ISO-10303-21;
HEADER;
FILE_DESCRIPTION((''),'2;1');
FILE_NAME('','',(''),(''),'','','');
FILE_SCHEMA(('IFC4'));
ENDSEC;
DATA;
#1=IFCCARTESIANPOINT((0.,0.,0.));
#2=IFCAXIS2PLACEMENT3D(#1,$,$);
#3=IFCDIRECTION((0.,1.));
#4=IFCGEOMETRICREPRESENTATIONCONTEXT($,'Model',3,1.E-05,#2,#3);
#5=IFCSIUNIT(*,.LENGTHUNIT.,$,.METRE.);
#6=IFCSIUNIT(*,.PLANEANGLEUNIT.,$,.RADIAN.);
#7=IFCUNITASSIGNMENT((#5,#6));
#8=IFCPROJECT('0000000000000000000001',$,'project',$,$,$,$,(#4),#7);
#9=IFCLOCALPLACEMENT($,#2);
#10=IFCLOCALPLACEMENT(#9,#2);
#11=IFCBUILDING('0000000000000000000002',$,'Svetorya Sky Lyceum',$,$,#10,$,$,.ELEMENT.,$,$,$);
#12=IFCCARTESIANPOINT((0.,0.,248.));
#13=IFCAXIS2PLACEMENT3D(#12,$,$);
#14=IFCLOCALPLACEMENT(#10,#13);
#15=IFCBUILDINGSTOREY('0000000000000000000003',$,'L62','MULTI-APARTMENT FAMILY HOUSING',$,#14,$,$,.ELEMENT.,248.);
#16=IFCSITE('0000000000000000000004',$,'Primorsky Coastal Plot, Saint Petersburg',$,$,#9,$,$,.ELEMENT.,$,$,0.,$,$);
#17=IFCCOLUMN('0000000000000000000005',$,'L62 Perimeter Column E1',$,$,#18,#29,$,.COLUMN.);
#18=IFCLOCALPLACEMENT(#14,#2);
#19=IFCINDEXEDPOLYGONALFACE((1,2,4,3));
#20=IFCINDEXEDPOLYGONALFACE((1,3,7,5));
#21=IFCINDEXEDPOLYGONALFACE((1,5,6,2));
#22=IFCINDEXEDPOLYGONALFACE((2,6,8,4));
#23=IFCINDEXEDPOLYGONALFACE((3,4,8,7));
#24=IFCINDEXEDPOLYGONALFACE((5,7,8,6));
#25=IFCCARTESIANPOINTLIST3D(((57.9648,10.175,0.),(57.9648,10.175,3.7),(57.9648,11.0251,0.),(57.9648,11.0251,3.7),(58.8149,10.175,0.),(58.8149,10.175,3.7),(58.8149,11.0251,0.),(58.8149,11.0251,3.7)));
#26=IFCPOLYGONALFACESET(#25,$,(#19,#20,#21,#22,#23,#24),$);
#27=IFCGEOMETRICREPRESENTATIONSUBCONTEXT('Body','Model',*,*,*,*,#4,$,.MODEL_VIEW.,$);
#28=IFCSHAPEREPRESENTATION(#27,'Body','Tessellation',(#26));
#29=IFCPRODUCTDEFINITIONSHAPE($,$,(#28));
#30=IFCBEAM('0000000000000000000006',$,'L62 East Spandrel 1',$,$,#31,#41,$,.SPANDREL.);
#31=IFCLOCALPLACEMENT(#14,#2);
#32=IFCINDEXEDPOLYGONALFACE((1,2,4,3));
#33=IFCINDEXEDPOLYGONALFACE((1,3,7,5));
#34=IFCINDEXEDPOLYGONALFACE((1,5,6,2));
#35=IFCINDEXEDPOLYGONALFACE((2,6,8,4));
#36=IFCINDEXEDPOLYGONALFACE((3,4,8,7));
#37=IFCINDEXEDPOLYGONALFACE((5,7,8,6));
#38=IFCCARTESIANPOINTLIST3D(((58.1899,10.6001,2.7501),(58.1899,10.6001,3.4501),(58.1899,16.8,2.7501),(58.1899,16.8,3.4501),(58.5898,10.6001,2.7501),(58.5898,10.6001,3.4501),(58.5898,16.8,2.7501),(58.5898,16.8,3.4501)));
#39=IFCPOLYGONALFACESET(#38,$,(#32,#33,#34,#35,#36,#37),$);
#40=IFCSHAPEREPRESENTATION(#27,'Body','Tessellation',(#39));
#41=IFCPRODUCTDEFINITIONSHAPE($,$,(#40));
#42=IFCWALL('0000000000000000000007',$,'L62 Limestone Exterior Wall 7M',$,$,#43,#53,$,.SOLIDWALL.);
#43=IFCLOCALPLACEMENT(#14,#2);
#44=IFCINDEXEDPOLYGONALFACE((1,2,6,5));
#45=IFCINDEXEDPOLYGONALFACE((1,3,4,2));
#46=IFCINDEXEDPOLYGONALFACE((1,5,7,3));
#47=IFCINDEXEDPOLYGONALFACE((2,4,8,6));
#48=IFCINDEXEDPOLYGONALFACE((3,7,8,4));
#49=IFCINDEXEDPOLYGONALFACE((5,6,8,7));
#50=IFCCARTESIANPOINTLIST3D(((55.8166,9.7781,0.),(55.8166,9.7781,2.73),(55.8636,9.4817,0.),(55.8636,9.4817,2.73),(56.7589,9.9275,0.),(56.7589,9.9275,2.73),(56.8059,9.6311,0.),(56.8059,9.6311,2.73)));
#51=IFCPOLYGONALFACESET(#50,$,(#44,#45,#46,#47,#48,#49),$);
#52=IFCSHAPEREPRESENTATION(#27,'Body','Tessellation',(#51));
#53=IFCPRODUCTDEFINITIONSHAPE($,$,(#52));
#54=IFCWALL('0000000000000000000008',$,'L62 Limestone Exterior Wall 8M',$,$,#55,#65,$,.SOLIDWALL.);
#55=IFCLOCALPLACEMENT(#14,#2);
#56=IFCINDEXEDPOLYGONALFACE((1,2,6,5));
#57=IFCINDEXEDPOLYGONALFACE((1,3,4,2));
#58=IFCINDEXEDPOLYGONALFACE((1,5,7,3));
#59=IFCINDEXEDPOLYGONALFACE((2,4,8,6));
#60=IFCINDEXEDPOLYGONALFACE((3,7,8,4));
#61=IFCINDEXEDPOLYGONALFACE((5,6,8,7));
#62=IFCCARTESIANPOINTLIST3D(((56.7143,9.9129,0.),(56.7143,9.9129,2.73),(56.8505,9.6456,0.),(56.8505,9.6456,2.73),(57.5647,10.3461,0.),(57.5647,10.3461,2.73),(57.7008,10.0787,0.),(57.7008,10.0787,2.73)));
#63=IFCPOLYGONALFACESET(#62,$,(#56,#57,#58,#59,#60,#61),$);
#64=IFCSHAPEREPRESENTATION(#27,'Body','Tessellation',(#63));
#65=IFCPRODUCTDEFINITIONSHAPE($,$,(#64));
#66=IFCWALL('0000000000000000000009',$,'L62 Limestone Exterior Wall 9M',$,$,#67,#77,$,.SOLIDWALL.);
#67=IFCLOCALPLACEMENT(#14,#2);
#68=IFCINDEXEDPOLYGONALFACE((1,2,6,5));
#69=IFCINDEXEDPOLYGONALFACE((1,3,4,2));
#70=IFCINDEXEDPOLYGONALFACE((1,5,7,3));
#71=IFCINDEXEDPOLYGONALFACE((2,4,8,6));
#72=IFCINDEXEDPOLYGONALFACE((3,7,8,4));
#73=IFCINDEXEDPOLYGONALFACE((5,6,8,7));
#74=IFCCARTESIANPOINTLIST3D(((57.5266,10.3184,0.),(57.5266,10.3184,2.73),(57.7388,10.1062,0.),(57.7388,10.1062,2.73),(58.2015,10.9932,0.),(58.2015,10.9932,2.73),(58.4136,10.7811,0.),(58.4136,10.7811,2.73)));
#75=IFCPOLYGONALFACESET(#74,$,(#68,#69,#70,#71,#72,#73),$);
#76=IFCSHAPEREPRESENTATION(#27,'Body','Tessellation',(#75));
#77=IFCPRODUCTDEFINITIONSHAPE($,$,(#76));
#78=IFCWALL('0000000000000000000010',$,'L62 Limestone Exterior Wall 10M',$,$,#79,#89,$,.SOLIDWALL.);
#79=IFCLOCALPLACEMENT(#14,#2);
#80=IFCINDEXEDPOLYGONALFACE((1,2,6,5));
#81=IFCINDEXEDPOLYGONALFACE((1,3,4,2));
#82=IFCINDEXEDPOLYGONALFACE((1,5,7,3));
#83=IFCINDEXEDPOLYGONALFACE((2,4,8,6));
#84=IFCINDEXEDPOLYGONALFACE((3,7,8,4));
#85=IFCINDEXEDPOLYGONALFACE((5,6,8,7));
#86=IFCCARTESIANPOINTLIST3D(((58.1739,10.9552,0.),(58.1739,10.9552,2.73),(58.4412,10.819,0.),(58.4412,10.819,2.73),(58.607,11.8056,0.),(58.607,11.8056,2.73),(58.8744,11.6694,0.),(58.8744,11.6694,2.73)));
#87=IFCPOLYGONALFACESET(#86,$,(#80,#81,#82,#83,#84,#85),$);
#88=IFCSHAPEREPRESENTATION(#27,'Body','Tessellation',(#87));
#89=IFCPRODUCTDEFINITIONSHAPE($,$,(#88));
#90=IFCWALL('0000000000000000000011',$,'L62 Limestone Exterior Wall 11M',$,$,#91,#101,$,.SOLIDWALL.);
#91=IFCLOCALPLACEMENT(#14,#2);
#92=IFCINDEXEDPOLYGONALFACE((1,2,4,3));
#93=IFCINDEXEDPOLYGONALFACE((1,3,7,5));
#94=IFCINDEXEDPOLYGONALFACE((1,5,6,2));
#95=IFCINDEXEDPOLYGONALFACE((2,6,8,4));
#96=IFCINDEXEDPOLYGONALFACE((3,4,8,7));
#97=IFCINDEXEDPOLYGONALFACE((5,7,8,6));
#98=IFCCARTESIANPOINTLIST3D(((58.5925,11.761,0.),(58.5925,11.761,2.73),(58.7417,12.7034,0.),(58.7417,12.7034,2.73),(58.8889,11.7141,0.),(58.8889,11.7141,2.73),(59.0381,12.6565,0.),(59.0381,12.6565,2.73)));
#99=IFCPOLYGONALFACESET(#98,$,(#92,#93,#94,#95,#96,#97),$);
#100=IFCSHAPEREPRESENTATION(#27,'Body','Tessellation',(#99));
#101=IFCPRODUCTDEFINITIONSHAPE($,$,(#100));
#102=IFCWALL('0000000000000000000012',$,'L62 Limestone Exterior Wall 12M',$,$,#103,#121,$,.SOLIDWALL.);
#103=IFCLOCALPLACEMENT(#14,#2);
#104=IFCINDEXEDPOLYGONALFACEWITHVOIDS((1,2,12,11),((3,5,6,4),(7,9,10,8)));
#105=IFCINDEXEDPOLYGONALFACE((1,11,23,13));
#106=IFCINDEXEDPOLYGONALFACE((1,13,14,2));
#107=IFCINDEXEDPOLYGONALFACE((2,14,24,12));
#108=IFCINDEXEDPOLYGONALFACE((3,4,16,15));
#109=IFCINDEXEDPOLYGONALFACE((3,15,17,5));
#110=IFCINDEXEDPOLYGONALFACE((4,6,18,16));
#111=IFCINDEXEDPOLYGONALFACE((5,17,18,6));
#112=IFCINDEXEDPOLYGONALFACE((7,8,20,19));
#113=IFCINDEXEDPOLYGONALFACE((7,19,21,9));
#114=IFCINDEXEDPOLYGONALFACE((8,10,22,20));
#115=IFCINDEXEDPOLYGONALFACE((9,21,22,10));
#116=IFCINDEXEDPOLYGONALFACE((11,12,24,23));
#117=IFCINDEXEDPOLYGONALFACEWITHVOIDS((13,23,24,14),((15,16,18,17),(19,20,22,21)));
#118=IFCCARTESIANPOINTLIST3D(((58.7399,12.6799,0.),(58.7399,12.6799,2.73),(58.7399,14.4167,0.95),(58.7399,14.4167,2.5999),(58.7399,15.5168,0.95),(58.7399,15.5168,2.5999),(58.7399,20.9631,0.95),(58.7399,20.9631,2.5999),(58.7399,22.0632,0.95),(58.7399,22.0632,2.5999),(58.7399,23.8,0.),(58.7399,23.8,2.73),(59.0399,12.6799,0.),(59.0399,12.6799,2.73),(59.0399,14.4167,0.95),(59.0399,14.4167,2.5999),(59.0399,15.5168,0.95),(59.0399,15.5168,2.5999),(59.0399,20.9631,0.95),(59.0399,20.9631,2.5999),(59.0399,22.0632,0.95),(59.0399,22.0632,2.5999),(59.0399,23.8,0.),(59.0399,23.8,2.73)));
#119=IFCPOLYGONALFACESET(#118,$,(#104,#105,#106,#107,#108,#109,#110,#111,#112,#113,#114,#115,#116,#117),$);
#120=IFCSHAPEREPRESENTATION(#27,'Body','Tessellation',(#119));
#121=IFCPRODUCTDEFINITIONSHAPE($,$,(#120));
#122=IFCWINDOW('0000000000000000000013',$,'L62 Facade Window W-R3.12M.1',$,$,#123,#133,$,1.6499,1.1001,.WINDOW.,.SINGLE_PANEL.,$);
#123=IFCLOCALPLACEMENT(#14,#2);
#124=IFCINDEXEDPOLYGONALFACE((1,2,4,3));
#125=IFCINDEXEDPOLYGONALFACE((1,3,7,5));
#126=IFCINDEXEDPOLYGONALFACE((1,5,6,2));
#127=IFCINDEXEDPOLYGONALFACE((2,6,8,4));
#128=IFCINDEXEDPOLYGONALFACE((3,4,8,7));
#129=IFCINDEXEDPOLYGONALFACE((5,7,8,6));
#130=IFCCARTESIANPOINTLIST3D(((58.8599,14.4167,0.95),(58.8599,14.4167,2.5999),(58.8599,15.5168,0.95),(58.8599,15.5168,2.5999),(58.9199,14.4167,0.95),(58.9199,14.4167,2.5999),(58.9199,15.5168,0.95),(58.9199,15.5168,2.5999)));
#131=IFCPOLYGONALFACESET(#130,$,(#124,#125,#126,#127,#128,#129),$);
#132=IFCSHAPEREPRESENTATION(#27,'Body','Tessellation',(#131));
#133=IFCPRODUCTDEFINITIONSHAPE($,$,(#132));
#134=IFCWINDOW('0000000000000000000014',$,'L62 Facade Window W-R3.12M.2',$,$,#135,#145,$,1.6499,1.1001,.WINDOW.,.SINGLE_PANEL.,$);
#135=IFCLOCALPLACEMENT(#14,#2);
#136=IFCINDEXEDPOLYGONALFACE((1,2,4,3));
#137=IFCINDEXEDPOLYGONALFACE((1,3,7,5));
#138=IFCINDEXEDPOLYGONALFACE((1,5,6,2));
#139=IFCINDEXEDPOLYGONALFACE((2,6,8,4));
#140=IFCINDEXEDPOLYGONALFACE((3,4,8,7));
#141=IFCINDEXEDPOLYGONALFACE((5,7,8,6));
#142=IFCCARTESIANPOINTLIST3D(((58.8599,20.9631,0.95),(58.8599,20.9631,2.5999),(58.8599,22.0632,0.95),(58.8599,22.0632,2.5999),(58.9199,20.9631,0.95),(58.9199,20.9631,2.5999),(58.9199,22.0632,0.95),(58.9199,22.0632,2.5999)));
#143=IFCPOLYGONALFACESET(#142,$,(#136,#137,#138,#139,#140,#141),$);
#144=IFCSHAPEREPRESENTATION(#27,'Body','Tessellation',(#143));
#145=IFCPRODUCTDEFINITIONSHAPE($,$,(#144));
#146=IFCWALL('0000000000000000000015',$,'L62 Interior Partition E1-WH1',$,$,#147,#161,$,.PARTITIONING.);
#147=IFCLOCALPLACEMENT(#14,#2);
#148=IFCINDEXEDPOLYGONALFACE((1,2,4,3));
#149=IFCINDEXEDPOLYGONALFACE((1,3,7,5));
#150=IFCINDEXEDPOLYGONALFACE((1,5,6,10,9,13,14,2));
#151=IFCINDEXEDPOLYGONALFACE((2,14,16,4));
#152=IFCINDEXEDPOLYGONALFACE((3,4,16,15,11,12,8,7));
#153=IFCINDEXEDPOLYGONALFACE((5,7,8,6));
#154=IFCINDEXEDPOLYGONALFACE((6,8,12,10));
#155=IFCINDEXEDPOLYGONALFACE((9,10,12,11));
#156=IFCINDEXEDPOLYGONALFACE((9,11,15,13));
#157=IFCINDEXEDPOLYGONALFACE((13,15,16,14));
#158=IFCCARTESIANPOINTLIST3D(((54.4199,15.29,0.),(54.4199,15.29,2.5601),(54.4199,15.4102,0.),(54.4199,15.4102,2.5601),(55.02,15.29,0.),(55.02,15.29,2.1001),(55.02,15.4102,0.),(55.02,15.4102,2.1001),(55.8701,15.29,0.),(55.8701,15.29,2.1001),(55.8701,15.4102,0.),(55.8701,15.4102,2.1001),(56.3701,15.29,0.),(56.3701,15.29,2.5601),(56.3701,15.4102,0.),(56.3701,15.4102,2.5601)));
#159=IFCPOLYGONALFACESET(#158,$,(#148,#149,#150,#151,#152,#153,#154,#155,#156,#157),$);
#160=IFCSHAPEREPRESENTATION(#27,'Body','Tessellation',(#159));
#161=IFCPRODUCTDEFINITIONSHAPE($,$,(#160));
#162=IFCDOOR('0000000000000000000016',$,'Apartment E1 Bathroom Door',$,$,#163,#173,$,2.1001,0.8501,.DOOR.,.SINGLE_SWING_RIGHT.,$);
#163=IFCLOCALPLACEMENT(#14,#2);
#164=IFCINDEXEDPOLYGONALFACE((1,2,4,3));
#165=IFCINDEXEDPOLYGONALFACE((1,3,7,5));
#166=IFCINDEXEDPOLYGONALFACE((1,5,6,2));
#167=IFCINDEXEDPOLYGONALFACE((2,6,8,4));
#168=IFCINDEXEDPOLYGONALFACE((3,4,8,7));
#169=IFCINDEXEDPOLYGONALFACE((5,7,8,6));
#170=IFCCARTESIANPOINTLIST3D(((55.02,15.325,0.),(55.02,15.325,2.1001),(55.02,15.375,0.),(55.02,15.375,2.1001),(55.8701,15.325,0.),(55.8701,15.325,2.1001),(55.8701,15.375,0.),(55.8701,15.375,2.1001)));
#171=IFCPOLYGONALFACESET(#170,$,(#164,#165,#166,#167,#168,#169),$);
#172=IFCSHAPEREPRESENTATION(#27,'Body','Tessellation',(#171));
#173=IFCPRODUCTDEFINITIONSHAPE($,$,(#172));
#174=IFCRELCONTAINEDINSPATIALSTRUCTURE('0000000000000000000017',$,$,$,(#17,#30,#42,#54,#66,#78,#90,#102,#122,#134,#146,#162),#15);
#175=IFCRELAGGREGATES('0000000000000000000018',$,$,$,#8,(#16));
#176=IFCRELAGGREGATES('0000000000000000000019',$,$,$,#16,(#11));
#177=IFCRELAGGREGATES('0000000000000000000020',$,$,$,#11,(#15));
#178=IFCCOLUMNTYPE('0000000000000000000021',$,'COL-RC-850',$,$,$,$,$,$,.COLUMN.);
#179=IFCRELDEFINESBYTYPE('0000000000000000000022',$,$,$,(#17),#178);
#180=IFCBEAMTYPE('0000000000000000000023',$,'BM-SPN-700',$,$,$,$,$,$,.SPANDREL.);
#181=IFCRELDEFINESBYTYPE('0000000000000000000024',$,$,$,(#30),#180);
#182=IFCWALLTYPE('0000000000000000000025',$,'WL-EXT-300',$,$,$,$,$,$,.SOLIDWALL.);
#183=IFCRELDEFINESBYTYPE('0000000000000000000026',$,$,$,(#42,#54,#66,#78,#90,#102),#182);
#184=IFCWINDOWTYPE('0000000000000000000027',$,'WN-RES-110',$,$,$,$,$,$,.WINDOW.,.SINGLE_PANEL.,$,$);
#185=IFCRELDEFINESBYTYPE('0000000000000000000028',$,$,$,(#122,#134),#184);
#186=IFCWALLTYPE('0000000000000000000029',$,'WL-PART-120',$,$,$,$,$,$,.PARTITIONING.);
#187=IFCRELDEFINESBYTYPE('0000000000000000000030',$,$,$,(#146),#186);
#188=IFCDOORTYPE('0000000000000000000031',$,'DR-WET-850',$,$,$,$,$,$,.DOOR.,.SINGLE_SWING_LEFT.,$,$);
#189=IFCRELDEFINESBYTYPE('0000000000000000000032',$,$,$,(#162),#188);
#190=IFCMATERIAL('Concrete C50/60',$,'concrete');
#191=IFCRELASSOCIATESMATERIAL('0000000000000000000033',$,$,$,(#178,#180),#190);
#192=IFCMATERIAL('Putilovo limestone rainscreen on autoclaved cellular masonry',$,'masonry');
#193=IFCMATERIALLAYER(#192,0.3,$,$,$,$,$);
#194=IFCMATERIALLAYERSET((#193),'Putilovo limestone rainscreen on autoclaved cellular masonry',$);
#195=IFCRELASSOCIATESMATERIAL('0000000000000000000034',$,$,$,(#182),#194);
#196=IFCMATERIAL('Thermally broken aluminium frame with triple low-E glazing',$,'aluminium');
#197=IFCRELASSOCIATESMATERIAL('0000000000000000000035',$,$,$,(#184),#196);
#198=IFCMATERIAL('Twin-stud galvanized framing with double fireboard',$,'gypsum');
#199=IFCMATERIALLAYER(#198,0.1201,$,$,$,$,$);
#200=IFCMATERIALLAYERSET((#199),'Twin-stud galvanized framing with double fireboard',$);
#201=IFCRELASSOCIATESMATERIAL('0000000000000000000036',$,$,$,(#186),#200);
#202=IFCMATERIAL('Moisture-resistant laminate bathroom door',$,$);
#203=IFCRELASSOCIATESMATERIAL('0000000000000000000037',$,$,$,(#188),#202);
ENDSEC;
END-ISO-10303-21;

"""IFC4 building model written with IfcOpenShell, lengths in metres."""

from ifc_helpers import new_model, si_unit, direction, frame, frame_2d, origin, origin_2d, place, context, subcontext, project, spatial, rectangle, extrude, material, layer, layer_set, material_profile, profile_set, type_object, element, fill, save


model = new_model("IFC4")

# Units and contexts
model_context = context("Model", 3, precision=1e-05, world=origin(), true_north=direction((0.0, 1.0)))
body_context = subcontext(model_context, "Body", "Model", "MODEL_VIEW")
ifc_project = project(units=[si_unit("LENGTHUNIT", "METRE"), si_unit("PLANEANGLEUNIT", "RADIAN")], contexts=[model_context])

# Site, building, storey
site_placement = place(None, origin())
site = spatial("IfcSite", under=ifc_project, at=site_placement, Name="Primorsky Coastal Plot, Saint Petersburg", CompositionType="ELEMENT", RefElevation=0.0)
building_placement = place(site_placement, origin())
building = spatial("IfcBuilding", under=site, at=building_placement, Name="Svetorya Sky Lyceum", CompositionType="ELEMENT")
storey_placement = place(building_placement, frame((0.0, 0.0, 248.0)))
storey = spatial("IfcBuildingStorey", under=building, at=storey_placement, Name="L62", Description="MULTI-APARTMENT FAMILY HOUSING", CompositionType="ELEMENT", Elevation=248.0)

# Column
ifc_material_1 = material(Name="Concrete C50/60", Category="concrete")
ifc_material_profile_1 = material_profile(ifc_material_1, rectangle(XDim=0.8501, YDim=0.8501, at=origin_2d()), Name="RC COL 850x850")
ifc_profile_set_1 = profile_set([ifc_material_profile_1], Name="Concrete C50/60")
column_type = type_object("IfcColumnType", Name="COL-RC-850", PredefinedType="COLUMN", material=ifc_profile_set_1)
column_placement = place(storey_placement, frame((58.3899, 10.6001, 0.0), z_axis=(0.0, 0.0, 1.0), x_axis=(1.0, 0.0, 0.0)))
element("IfcColumn", 1, at=column_placement, inside=storey, type_object=column_type, Name="L62 Perimeter Column E1", PredefinedType="COLUMN", context=body_context, shape_type="SweptSolid", body=[
    extrude(rectangle(XDim=0.8501, YDim=0.8501, at=origin_2d()), origin(), (0.0, 0.0, 1.0), 3.7),
])

# Beam
ifc_material_profile_2 = material_profile(ifc_material_1, rectangle(XDim=0.3999, YDim=0.7, at=origin_2d()), Name="RC SPANDREL 400x700")
ifc_profile_set_2 = profile_set([ifc_material_profile_2], Name="Concrete C50/60")
beam_type = type_object("IfcBeamType", Name="BM-SPN-700", PredefinedType="SPANDREL", material=ifc_profile_set_2)
beam_placement = place(storey_placement, frame((58.3899, 10.6001, 3.1001), z_axis=(0.0, 1.0, 0.0), x_axis=(-1.0, 0.0, 0.0)))
element("IfcBeam", 2, at=beam_placement, inside=storey, type_object=beam_type, Name="L62 East Spandrel 1", PredefinedType="SPANDREL", context=body_context, shape_type="SweptSolid", body=[
    extrude(rectangle(XDim=0.3999, YDim=0.7, at=origin_2d()), origin(), (0.0, 0.0, 1.0), 6.2),
])

# Walls
ifc_material_2 = material(Name="Putilovo limestone rainscreen on autoclaved cellular masonry", Category="masonry")
ifc_layer_1 = layer(ifc_material_2, 0.3)
ifc_layer_set_1 = layer_set([ifc_layer_1], Name="Putilovo limestone rainscreen on autoclaved cellular masonry")
wall_type_1 = type_object("IfcWallType", Name="WL-EXT-300", PredefinedType="SOLIDWALL", material=ifc_layer_set_1)
wall_1_placement = place(storey_placement, frame((55.8401, 9.6299, 0.0), z_axis=(0.0, 0.0, 1.0), x_axis=(0.987663, 0.156593, 0.0)))
element("IfcWall", 3, at=wall_1_placement, inside=storey, type_object=wall_type_1, Name="L62 Limestone Exterior Wall 7M", PredefinedType="SOLIDWALL", context=body_context, shape_type="SweptSolid", body=[
    extrude(rectangle(XDim=0.9541, YDim=0.3, at=frame_2d((0.4771, 0.0))), origin(), (0.0, 0.0, 1.0), 2.73),
])
for number, where, z_axis, x_axis, name in (
    (4, (56.7825, 9.7793, 0.0), (0.0, 0.0, 1.0), (0.891077, 0.453853, 0.0), "L62 Limestone Exterior Wall 8M"),
    (5, (57.6328, 10.2124, 0.0), (0.0, 0.0, 1.0), (0.707107, 0.707107, 0.0), "L62 Limestone Exterior Wall 9M"),
    (6, (58.3076, 10.8872, 0.0), (0.0, 0.0, 1.0), (0.453853, 0.891077, 0.0), "L62 Limestone Exterior Wall 10M"),
):
    element("IfcWall", number, at=place(storey_placement, frame(where, z_axis=z_axis, x_axis=x_axis)), inside=storey, type_object=wall_type_1, Name=name, PredefinedType="SOLIDWALL", context=body_context, shape_type="SweptSolid", body=[
        extrude(rectangle(XDim=0.9543, YDim=0.3, at=frame_2d((0.4771, 0.0))), origin(), (0.0, 0.0, 1.0), 2.73),
    ])
wall_2_placement = place(storey_placement, frame((58.7407, 11.7375, 0.0), z_axis=(0.0, 0.0, 1.0), x_axis=(0.156344, 0.987703, 0.0)))
element("IfcWall", 7, at=wall_2_placement, inside=storey, type_object=wall_type_1, Name="L62 Limestone Exterior Wall 11M", PredefinedType="SOLIDWALL", context=body_context, shape_type="SweptSolid", body=[
    extrude(rectangle(XDim=0.9541, YDim=0.3, at=frame_2d((0.4771, 0.0))), origin(), (0.0, 0.0, 1.0), 2.73),
])

# Wall, openings, windows
wall_3_placement = place(storey_placement, frame((58.8899, 12.6799, 0.0), z_axis=(0.0, 0.0, 1.0), x_axis=(0.0, 1.0, 0.0)))
wall_3 = element("IfcWall", 8, at=wall_3_placement, inside=storey, type_object=wall_type_1, Name="L62 Limestone Exterior Wall 12M", PredefinedType="SOLIDWALL", context=body_context, shape_type="SweptSolid", body=[
    extrude(rectangle(XDim=11.1201, YDim=0.3, at=frame_2d((5.5601, 0.0))), origin(), (0.0, 0.0, 1.0), 2.73),
])
opening_1_placement = place(wall_3_placement, frame((1.7368, 0.0, 0.95)))
opening_1 = element("IfcOpeningElement", 9, at=opening_1_placement, cuts=wall_3, PredefinedType="OPENING", context=body_context, shape_type="SweptSolid", body=[
    extrude(rectangle(XDim=1.1001, YDim=1.6499, at=frame_2d((0.55, 0.825))), frame((0.0, 0.1599, 0.0), z_axis=(0.0, -1.0, 0.0), x_axis=(1.0, 0.0, 0.0)), (0.0, 0.0, 1.0), 0.3201),
])
opening_2_placement = place(wall_3_placement, frame((8.2832, 0.0, 0.95)))
opening_2 = element("IfcOpeningElement", 10, at=opening_2_placement, cuts=wall_3, PredefinedType="OPENING", context=body_context, shape_type="SweptSolid", body=[
    extrude(rectangle(XDim=1.1001, YDim=1.6499, at=frame_2d((0.55, 0.825))), frame((0.0, 0.1599, 0.0), z_axis=(0.0, -1.0, 0.0), x_axis=(1.0, 0.0, 0.0)), (0.0, 0.0, 1.0), 0.3201),
])
ifc_material_3 = material(Name="Thermally broken aluminium frame with triple low-E glazing", Category="aluminium")
window_type = type_object("IfcWindowType", Name="WN-RES-110", PartitioningType="SINGLE_PANEL", PredefinedType="WINDOW", material=ifc_material_3)
window_1_placement = place(opening_1_placement, origin())
window_1 = element("IfcWindow", 11, at=window_1_placement, inside=storey, type_object=window_type, Name="L62 Facade Window W-R3.12M.1", OverallHeight=1.6499, OverallWidth=1.1001, PartitioningType="SINGLE_PANEL", PredefinedType="WINDOW", context=body_context, shape_type="SweptSolid", body=[
    extrude(rectangle(XDim=1.1001, YDim=1.6499, at=frame_2d((0.55, 0.825))), frame((0.0, 0.03, 0.0), z_axis=(0.0, -1.0, 0.0), x_axis=(1.0, 0.0, 0.0)), (0.0, 0.0, 1.0), 0.0601),
])
fill(opening_1, window_1)
window_2_placement = place(opening_2_placement, origin())
window_2 = element("IfcWindow", 12, at=window_2_placement, inside=storey, type_object=window_type, Name="L62 Facade Window W-R3.12M.2", OverallHeight=1.6499, OverallWidth=1.1001, PartitioningType="SINGLE_PANEL", PredefinedType="WINDOW", context=body_context, shape_type="SweptSolid", body=[
    extrude(rectangle(XDim=1.1001, YDim=1.6499, at=frame_2d((0.55, 0.825))), frame((0.0, 0.03, 0.0), z_axis=(0.0, -1.0, 0.0), x_axis=(1.0, 0.0, 0.0)), (0.0, 0.0, 1.0), 0.0601),
])
fill(opening_2, window_2)

# Wall, opening, door
ifc_material_4 = material(Name="Twin-stud galvanized framing with double fireboard", Category="gypsum")
ifc_layer_2 = layer(ifc_material_4, 0.1201)
ifc_layer_set_2 = layer_set([ifc_layer_2], Name="Twin-stud galvanized framing with double fireboard")
wall_type_2 = type_object("IfcWallType", Name="WL-PART-120", PredefinedType="PARTITIONING", material=ifc_layer_set_2)
wall_4_placement = place(storey_placement, frame((54.4199, 15.3501, 0.0), z_axis=(0.0, 0.0, 1.0), x_axis=(1.0, 0.0, 0.0)))
wall_4 = element("IfcWall", 13, at=wall_4_placement, inside=storey, type_object=wall_type_2, Name="L62 Interior Partition E1-WH1", PredefinedType="PARTITIONING", context=body_context, shape_type="SweptSolid", body=[
    extrude(rectangle(XDim=1.9502, YDim=0.1201, at=frame_2d((0.9751, 0.0))), origin(), (0.0, 0.0, 1.0), 2.5601),
])
opening_3_placement = place(wall_4_placement, frame((0.6001, 0.0, 0.0)))
opening_3 = element("IfcOpeningElement", 14, at=opening_3_placement, cuts=wall_4, PredefinedType="OPENING", context=body_context, shape_type="SweptSolid", body=[
    extrude(rectangle(XDim=0.8501, YDim=2.1001, at=frame_2d((0.425, 1.05))), frame((0.0, 0.0701, 0.0), z_axis=(0.0, -1.0, 0.0), x_axis=(1.0, 0.0, 0.0)), (0.0, 0.0, 1.0), 0.1401),
])
ifc_material_5 = material(Name="Moisture-resistant laminate bathroom door")
door_type_1 = type_object("IfcDoorType", Name="DR-WET-850", OperationType="SINGLE_SWING_LEFT", PredefinedType="DOOR", material=ifc_material_5)
door_1_placement = place(opening_3_placement, origin())
door_1 = element("IfcDoor", 15, at=door_1_placement, inside=storey, type_object=door_type_1, Name="Apartment E1 Bathroom Door", OperationType="SINGLE_SWING_RIGHT", OverallHeight=2.1001, OverallWidth=0.8501, PredefinedType="DOOR", context=body_context, shape_type="SweptSolid", body=[
    extrude(rectangle(XDim=0.8501, YDim=2.1001, at=frame_2d((0.425, 1.05))), frame((0.0, 0.0249, 0.0), z_axis=(0.0, -1.0, 0.0), x_axis=(1.0, 0.0, 0.0)), (0.0, 0.0, 1.0), 0.05),
])
fill(opening_3, door_1)

save(model, "model.ifc")
